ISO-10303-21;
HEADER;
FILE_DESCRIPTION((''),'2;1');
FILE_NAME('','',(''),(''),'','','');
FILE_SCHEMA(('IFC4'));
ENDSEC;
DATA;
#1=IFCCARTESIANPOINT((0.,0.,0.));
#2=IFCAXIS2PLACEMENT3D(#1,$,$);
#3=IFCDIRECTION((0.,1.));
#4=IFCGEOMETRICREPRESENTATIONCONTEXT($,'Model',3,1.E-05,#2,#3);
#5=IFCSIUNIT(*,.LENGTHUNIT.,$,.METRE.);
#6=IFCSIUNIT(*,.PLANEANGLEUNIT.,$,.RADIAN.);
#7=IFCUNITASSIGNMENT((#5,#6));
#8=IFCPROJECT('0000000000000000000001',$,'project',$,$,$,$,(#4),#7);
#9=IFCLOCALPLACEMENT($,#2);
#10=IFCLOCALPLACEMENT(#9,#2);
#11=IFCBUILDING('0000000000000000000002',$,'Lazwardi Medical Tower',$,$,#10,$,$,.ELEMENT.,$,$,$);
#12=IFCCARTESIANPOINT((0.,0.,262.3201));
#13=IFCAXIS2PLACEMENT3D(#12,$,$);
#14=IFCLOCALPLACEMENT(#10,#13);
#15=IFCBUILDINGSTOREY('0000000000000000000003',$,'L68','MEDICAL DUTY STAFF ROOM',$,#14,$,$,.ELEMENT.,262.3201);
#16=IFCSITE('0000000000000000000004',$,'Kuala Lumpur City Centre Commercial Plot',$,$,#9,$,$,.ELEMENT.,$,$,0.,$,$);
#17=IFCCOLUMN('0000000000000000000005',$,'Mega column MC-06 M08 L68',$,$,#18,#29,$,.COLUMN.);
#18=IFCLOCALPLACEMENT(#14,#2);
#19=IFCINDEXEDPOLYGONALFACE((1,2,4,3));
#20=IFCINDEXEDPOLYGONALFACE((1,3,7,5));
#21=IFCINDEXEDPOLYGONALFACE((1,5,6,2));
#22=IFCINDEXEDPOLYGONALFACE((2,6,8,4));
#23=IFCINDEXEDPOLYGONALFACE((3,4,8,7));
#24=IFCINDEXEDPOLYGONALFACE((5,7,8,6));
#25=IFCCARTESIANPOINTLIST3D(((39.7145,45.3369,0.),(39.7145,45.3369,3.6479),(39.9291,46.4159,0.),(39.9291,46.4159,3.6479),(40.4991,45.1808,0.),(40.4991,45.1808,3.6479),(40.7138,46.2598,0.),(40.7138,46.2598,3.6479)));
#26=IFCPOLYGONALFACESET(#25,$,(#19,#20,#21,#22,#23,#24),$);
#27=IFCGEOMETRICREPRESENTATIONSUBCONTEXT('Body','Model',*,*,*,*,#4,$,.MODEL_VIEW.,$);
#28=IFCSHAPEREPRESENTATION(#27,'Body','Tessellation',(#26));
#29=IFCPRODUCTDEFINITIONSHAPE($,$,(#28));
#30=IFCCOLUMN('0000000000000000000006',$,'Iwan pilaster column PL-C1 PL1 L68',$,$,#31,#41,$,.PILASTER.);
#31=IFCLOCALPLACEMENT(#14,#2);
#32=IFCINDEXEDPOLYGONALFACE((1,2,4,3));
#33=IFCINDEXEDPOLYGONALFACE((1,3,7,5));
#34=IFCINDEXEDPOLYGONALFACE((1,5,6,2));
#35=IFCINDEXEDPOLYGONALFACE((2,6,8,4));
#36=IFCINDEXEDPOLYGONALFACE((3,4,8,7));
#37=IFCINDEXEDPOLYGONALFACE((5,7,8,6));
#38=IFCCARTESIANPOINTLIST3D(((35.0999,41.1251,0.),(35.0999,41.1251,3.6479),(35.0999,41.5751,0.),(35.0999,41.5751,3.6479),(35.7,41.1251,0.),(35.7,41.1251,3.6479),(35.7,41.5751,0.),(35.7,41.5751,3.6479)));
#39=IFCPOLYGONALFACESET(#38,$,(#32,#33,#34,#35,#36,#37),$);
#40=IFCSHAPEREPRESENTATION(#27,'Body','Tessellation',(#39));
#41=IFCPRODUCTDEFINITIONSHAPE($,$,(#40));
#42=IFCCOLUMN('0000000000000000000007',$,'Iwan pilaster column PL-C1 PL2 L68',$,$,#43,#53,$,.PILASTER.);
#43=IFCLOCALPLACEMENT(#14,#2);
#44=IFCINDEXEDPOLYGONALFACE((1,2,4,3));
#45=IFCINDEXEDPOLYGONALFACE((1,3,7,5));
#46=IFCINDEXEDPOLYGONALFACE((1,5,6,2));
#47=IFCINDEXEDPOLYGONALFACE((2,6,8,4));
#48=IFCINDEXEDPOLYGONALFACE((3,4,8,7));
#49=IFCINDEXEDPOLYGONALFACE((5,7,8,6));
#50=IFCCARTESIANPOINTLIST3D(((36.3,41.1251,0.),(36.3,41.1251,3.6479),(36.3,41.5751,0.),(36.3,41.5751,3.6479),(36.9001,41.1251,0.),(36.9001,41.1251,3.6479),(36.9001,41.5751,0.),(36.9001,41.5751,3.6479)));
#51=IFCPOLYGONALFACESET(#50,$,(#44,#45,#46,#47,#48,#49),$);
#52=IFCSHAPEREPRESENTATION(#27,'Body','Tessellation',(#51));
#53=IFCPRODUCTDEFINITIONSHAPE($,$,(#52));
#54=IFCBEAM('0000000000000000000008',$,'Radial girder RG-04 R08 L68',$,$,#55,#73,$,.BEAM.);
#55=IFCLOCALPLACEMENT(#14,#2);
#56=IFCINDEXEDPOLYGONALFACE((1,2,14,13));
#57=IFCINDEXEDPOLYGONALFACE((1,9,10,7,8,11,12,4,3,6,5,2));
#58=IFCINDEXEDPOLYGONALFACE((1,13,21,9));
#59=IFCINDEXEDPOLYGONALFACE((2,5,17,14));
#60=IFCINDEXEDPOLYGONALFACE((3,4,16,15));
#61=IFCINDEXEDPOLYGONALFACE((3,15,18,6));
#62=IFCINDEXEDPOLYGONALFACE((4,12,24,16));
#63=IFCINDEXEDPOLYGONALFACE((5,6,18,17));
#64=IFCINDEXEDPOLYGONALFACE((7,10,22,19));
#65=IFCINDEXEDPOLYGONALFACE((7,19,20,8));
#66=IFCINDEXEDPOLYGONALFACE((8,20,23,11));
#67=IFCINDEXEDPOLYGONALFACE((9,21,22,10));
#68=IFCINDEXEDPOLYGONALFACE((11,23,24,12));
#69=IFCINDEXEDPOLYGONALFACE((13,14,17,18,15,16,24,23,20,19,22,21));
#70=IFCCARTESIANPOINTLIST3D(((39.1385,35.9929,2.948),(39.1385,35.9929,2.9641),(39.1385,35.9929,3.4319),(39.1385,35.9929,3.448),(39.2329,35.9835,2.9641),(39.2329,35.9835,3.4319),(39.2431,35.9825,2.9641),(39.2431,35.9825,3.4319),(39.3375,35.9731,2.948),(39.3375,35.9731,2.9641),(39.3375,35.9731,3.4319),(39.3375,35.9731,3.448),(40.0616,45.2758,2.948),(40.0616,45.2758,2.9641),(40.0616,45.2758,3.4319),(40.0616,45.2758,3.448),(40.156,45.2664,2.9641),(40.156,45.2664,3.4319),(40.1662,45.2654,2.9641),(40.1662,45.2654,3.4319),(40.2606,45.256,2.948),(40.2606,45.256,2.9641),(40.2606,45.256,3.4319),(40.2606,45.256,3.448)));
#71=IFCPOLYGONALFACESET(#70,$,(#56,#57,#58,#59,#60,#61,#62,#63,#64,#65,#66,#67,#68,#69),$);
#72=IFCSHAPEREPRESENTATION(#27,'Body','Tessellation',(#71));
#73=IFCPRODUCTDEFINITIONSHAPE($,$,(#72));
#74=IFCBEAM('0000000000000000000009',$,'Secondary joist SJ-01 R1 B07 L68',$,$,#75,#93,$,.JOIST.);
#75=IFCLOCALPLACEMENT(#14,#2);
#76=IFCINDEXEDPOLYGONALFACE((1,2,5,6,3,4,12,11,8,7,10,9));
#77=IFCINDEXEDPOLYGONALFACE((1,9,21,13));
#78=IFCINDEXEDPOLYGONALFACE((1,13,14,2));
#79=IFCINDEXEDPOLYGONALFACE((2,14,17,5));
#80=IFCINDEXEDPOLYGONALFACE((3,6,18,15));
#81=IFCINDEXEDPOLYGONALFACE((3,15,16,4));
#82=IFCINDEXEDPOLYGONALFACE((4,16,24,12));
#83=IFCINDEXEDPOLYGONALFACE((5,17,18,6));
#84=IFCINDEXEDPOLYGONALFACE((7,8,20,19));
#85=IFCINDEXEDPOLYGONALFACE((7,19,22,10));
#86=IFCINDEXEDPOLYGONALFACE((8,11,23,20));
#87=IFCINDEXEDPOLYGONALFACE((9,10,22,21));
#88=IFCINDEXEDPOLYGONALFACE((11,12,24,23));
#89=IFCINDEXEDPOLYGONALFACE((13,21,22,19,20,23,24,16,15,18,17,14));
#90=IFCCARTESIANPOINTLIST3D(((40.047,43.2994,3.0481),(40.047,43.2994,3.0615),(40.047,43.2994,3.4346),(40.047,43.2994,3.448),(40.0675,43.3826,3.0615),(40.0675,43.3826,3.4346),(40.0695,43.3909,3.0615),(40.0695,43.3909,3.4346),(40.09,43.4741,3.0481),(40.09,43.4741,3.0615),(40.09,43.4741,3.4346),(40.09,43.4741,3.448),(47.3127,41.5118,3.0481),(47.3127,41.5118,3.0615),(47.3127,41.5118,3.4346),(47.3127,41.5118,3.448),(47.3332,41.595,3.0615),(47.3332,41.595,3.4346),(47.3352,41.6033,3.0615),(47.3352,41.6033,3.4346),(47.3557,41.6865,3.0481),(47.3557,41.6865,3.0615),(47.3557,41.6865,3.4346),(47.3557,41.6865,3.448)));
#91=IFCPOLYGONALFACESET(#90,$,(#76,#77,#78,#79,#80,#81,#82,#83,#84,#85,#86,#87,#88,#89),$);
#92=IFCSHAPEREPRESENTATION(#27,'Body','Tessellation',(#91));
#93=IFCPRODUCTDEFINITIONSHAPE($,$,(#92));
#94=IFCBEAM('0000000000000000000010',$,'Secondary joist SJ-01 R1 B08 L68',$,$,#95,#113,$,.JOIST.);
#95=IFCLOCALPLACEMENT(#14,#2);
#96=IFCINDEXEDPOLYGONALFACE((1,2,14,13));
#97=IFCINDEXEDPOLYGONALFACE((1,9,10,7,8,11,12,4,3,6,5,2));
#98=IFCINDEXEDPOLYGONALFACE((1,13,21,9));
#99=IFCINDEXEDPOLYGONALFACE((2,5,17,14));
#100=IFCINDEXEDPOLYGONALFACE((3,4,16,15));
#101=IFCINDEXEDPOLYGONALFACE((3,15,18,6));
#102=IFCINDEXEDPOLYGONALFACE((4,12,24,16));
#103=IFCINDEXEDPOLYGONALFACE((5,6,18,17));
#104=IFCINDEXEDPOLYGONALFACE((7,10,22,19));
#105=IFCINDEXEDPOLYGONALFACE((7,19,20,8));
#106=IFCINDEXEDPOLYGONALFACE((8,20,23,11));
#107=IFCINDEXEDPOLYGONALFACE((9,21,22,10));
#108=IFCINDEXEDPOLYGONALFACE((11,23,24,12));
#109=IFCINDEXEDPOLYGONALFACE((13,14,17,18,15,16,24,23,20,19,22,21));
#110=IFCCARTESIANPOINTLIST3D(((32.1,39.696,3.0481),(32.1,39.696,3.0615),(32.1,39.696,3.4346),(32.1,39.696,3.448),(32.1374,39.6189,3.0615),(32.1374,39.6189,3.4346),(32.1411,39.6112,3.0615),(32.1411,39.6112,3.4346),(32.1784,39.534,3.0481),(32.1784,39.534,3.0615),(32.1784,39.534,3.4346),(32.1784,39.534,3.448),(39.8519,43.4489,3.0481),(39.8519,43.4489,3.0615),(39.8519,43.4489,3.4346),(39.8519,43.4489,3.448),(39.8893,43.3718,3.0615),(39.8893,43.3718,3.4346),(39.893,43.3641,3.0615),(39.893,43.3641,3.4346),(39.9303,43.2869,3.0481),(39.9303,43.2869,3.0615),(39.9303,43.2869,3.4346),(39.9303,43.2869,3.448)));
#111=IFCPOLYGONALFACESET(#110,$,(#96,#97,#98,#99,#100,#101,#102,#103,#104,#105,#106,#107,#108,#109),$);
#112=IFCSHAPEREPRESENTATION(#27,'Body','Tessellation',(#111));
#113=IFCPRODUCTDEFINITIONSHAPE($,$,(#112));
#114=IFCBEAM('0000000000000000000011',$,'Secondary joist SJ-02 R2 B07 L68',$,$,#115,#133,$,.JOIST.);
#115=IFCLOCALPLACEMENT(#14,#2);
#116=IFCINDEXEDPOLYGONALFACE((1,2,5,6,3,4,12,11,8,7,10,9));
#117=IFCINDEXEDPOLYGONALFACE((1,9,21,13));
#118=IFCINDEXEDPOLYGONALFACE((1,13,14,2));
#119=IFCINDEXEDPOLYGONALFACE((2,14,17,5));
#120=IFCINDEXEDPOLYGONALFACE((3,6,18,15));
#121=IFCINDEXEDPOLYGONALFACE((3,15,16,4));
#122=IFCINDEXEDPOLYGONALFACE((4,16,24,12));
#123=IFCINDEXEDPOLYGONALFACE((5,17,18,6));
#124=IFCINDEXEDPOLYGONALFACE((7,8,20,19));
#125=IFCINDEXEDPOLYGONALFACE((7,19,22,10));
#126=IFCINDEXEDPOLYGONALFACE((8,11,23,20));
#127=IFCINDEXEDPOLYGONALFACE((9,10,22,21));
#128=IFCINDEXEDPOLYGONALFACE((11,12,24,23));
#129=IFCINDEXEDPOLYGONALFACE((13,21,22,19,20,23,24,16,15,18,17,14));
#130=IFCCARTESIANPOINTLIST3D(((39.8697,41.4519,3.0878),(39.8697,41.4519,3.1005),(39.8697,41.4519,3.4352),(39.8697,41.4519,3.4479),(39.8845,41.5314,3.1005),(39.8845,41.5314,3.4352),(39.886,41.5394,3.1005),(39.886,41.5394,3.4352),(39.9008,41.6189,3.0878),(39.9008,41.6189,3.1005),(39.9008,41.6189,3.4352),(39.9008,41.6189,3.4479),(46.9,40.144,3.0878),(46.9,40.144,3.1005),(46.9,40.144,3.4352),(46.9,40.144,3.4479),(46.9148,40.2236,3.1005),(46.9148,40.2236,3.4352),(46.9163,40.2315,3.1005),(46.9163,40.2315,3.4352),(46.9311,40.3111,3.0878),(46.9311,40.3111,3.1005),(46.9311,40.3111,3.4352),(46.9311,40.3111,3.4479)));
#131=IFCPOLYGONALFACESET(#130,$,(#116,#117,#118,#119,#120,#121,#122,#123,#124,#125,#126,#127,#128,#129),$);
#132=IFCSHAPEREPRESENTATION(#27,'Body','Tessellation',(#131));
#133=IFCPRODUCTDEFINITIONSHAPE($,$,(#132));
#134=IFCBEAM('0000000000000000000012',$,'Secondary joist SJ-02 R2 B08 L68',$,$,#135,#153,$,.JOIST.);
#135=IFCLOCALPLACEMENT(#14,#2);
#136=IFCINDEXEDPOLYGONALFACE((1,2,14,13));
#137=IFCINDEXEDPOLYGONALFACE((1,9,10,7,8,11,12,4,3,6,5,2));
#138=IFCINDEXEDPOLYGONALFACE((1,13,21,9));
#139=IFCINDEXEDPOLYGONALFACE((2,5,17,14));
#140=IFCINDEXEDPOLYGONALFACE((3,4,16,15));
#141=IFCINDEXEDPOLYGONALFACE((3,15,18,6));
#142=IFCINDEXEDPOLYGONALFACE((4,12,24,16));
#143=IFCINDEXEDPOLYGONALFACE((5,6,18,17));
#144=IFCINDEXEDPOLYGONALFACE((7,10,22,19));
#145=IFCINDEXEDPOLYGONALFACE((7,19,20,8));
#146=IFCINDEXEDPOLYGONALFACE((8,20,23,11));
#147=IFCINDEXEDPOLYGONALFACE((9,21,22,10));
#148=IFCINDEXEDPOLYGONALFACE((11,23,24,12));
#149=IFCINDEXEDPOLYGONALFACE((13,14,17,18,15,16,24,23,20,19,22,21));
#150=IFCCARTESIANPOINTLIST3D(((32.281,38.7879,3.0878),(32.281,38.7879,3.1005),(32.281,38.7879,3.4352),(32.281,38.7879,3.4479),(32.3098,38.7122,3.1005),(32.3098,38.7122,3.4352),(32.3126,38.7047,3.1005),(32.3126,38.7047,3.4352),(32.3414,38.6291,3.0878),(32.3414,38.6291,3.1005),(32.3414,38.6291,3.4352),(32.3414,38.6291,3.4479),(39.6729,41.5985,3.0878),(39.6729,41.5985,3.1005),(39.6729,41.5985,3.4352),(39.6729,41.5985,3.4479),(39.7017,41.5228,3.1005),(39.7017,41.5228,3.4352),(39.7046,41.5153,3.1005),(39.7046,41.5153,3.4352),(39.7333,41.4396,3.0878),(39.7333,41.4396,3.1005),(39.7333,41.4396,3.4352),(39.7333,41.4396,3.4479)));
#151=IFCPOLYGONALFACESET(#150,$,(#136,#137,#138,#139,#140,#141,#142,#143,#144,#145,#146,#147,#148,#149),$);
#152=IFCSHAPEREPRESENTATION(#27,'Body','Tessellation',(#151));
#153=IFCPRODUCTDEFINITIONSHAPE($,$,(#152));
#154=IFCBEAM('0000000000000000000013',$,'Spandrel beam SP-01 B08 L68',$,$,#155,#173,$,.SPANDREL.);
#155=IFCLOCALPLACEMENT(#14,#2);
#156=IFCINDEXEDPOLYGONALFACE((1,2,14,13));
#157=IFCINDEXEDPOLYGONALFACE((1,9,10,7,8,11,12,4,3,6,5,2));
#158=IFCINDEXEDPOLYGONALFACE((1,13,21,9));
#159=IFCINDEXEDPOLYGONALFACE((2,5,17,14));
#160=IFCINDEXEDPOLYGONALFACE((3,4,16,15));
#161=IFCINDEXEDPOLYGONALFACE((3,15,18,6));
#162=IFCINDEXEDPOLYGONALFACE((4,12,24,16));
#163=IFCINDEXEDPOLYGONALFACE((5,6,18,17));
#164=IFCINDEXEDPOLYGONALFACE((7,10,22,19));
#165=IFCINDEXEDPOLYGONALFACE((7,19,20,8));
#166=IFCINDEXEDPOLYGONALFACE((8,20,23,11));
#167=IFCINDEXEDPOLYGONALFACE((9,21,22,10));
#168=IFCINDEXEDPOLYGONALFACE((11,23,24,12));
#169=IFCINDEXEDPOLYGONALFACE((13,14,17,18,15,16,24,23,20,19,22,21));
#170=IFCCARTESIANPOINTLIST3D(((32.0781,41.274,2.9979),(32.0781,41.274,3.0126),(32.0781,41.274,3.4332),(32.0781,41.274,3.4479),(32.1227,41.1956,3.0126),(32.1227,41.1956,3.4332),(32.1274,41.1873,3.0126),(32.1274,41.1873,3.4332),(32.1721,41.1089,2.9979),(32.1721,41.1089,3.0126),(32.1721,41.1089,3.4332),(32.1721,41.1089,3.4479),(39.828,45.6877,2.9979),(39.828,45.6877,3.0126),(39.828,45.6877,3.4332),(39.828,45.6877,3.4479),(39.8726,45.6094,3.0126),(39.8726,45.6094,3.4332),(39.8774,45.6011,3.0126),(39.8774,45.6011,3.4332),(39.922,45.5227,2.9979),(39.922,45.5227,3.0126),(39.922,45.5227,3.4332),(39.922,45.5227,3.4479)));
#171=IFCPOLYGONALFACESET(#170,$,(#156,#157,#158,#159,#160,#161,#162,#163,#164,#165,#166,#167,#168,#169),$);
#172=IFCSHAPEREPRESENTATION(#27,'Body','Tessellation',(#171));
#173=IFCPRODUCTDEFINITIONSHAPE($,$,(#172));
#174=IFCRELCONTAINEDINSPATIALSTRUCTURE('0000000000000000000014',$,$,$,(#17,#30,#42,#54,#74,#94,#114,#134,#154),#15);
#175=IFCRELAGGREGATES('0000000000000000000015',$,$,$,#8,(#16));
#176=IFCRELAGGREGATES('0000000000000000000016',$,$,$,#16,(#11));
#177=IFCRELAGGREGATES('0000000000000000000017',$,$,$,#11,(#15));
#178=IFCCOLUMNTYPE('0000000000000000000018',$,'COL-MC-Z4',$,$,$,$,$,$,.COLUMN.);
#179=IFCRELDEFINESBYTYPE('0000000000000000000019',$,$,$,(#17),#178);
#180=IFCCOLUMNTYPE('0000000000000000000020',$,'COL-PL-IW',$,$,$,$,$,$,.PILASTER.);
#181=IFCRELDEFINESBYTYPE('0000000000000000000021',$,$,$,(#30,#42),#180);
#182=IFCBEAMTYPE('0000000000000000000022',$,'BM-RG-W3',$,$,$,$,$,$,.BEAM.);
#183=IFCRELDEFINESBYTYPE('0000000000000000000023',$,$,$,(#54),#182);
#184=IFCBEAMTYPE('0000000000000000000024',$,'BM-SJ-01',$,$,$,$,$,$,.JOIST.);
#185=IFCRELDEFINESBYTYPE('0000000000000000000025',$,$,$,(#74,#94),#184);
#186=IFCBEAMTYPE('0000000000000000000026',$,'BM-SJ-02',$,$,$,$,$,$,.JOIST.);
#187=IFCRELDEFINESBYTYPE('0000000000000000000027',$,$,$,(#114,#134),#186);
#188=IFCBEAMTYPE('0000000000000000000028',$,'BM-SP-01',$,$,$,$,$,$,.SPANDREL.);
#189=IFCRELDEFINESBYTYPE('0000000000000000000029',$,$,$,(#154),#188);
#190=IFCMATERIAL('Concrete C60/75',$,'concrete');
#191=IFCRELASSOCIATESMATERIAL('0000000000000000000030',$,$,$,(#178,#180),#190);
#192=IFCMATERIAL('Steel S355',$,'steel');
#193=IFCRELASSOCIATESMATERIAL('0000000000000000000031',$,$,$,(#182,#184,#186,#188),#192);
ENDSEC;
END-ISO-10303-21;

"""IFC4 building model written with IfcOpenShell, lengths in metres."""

from ifc_helpers import new_model, si_unit, direction, frame, origin, origin_2d, place, context, subcontext, project, spatial, rectangle, i_section, extrude, material, material_profile, profile_set, type_object, element, save


model = new_model("IFC4")

# Units and contexts
model_context = context("Model", 3, precision=1e-05, world=origin(), true_north=direction((0.0, 1.0)))
body_context = subcontext(model_context, "Body", "Model", "MODEL_VIEW")
ifc_project = project(units=[si_unit("LENGTHUNIT", "METRE"), si_unit("PLANEANGLEUNIT", "RADIAN")], contexts=[model_context])

# Site, building, storey
site_placement = place(None, origin())
site = spatial("IfcSite", under=ifc_project, at=site_placement, Name="Kuala Lumpur City Centre Commercial Plot", CompositionType="ELEMENT", RefElevation=0.0)
building_placement = place(site_placement, origin())
building = spatial("IfcBuilding", under=site, at=building_placement, Name="Lazwardi Medical Tower", CompositionType="ELEMENT")
storey_placement = place(building_placement, frame((0.0, 0.0, 262.3201)))
storey = spatial("IfcBuildingStorey", under=building, at=storey_placement, Name="L68", Description="MEDICAL DUTY STAFF ROOM", CompositionType="ELEMENT", Elevation=262.3201)

# Columns
ifc_material_1 = material(Name="Concrete C60/75", Category="concrete")
ifc_material_profile_1 = material_profile(ifc_material_1, rectangle(XDim=1.1001, YDim=0.8, at=origin_2d()), Name="CFT-RECT 1100x800")
ifc_profile_set_1 = profile_set([ifc_material_profile_1], Name="Concrete C60/75")
column_type_1 = type_object("IfcColumnType", Name="COL-MC-Z4", PredefinedType="COLUMN", material=ifc_profile_set_1)
column_placement = place(storey_placement, frame((40.2141, 45.7983, 0.0), z_axis=(0.0, 0.0, 1.0), x_axis=(0.19509, 0.980785, 0.0)))
element("IfcColumn", 1, at=column_placement, inside=storey, type_object=column_type_1, Name="Mega column MC-06 M08 L68", PredefinedType="COLUMN", context=body_context, shape_type="SweptSolid", body=[
    extrude(rectangle(XDim=1.1001, YDim=0.8, at=origin_2d()), origin(), (0.0, 0.0, 1.0), 3.6479),
])
ifc_material_profile_2 = material_profile(ifc_material_1, rectangle(XDim=0.6001, YDim=0.45, at=origin_2d()), Name="RC 600x450")
ifc_profile_set_2 = profile_set([ifc_material_profile_2], Name="Concrete C60/75")
column_type_2 = type_object("IfcColumnType", Name="COL-PL-IW", PredefinedType="PILASTER", material=ifc_profile_set_2)
for number, where, z_axis, x_axis, name in (
    (2, (35.3999, 41.3501, 0.0), (0.0, 0.0, 1.0), (1.0, 0.0, 0.0), "Iwan pilaster column PL-C1 PL1 L68"),
    (3, (36.6001, 41.3501, 0.0), (0.0, 0.0, 1.0), (1.0, 0.0, 0.0), "Iwan pilaster column PL-C1 PL2 L68"),
):
    element("IfcColumn", number, at=place(storey_placement, frame(where, z_axis=z_axis, x_axis=x_axis)), inside=storey, type_object=column_type_2, Name=name, PredefinedType="PILASTER", context=body_context, shape_type="SweptSolid", body=[
        extrude(rectangle(XDim=0.6001, YDim=0.45, at=origin_2d()), origin(), (0.0, 0.0, 1.0), 3.6479),
    ])

# Beams
ifc_material_2 = material(Name="Steel S355", Category="steel")
ifc_material_profile_3 = material_profile(ifc_material_2, i_section(OverallWidth=0.2, OverallDepth=0.5, WebThickness=0.0103, FlangeThickness=0.0161, at=origin_2d()), Name="IPE 500")
ifc_profile_set_3 = profile_set([ifc_material_profile_3], Name="Steel S355")
beam_type_1 = type_object("IfcBeamType", Name="BM-RG-W3", PredefinedType="BEAM", material=ifc_profile_set_3)
beam_1_placement = place(storey_placement, frame((40.1611, 45.2659, 3.198), z_axis=(-0.098954, -0.995092, 0.0), x_axis=(0.995092, -0.098954, 0.0)))
element("IfcBeam", 4, at=beam_1_placement, inside=storey, type_object=beam_type_1, Name="Radial girder RG-04 R08 L68", PredefinedType="BEAM", context=body_context, shape_type="SweptSolid", body=[
    extrude(i_section(OverallWidth=0.2, OverallDepth=0.5, WebThickness=0.0103, FlangeThickness=0.0161, at=origin_2d()), origin(), (0.0, 0.0, 1.0), 9.3286),
])
ifc_material_profile_4 = material_profile(ifc_material_2, i_section(OverallWidth=0.1799, OverallDepth=0.3999, WebThickness=0.0085, FlangeThickness=0.0134, at=origin_2d()), Name="IPE 400")
ifc_profile_set_4 = profile_set([ifc_material_profile_4], Name="Steel S355")
beam_type_2 = type_object("IfcBeamType", Name="BM-SJ-01", PredefinedType="JOIST", material=ifc_profile_set_4)
beam_2_placement = place(storey_placement, frame((47.3342, 41.5991, 3.248), z_axis=(-0.971042, 0.23891, 0.0), x_axis=(-0.23891, -0.971042, 0.0)))
element("IfcBeam", 5, at=beam_2_placement, inside=storey, type_object=beam_type_2, Name="Secondary joist SJ-01 R1 B07 L68", PredefinedType="JOIST", context=body_context, shape_type="SweptSolid", body=[
    extrude(i_section(OverallWidth=0.1799, OverallDepth=0.3999, WebThickness=0.0085, FlangeThickness=0.0134, at=origin_2d()), origin(), (0.0, 0.0, 1.0), 7.4824),
])
beam_3_placement = place(storey_placement, frame((39.8911, 43.3679, 3.248), z_axis=(-0.900069, -0.435748, 0.0), x_axis=(0.435748, -0.900069, 0.0)))
element("IfcBeam", 6, at=beam_3_placement, inside=storey, type_object=beam_type_2, Name="Secondary joist SJ-01 R1 B08 L68", PredefinedType="JOIST", context=body_context, shape_type="SweptSolid", body=[
    extrude(i_section(OverallWidth=0.1799, OverallDepth=0.3999, WebThickness=0.0085, FlangeThickness=0.0134, at=origin_2d()), origin(), (0.0, 0.0, 1.0), 8.6125),
])
ifc_material_profile_5 = material_profile(ifc_material_2, i_section(OverallWidth=0.1699, OverallDepth=0.3601, WebThickness=0.0081, FlangeThickness=0.0127, at=origin_2d()), Name="IPE 360")
ifc_profile_set_5 = profile_set([ifc_material_profile_5], Name="Steel S355")
beam_type_3 = type_object("IfcBeamType", Name="BM-SJ-02", PredefinedType="JOIST", material=ifc_profile_set_5)
beam_4_placement = place(storey_placement, frame((46.9155, 40.2275, 3.2678), z_axis=(-0.983132, 0.182895, 0.0), x_axis=(-0.182895, -0.983132, 0.0)))
element("IfcBeam", 7, at=beam_4_placement, inside=storey, type_object=beam_type_3, Name="Secondary joist SJ-02 R2 B07 L68", PredefinedType="JOIST", context=body_context, shape_type="SweptSolid", body=[
    extrude(i_section(OverallWidth=0.1699, OverallDepth=0.3601, WebThickness=0.0081, FlangeThickness=0.0127, at=origin_2d()), origin(), (0.0, 0.0, 1.0), 7.1509),
])
beam_5_placement = place(storey_placement, frame((39.7031, 41.519, 3.2678), z_axis=(-0.934714, -0.3554, 0.0), x_axis=(0.3554, -0.934714, 0.0)))
element("IfcBeam", 8, at=beam_5_placement, inside=storey, type_object=beam_type_3, Name="Secondary joist SJ-02 R2 B08 L68", PredefinedType="JOIST", context=body_context, shape_type="SweptSolid", body=[
    extrude(i_section(OverallWidth=0.1699, OverallDepth=0.3601, WebThickness=0.0081, FlangeThickness=0.0127, at=origin_2d()), origin(), (0.0, 0.0, 1.0), 7.9082),
])
ifc_material_profile_6 = material_profile(ifc_material_2, i_section(OverallWidth=0.1899, OverallDepth=0.45, WebThickness=0.0095, FlangeThickness=0.0146, at=origin_2d()), Name="IPE 450")
ifc_profile_set_6 = profile_set([ifc_material_profile_6], Name="Steel S355")
beam_type_4 = type_object("IfcBeamType", Name="BM-SP-01", PredefinedType="SPANDREL", material=ifc_profile_set_6)
beam_6_placement = place(storey_placement, frame((39.875, 45.6052, 3.2229), z_axis=(-0.868955, -0.494891, 0.0), x_axis=(0.494891, -0.868955, 0.0)))
element("IfcBeam", 9, at=beam_6_placement, inside=storey, type_object=beam_type_4, Name="Spandrel beam SP-01 B08 L68", PredefinedType="SPANDREL", context=body_context, shape_type="SweptSolid", body=[
    extrude(i_section(OverallWidth=0.1899, OverallDepth=0.45, WebThickness=0.0095, FlangeThickness=0.0146, at=origin_2d()), origin(), (0.0, 0.0, 1.0), 8.9187),
])

save(model, "model.ifc")
